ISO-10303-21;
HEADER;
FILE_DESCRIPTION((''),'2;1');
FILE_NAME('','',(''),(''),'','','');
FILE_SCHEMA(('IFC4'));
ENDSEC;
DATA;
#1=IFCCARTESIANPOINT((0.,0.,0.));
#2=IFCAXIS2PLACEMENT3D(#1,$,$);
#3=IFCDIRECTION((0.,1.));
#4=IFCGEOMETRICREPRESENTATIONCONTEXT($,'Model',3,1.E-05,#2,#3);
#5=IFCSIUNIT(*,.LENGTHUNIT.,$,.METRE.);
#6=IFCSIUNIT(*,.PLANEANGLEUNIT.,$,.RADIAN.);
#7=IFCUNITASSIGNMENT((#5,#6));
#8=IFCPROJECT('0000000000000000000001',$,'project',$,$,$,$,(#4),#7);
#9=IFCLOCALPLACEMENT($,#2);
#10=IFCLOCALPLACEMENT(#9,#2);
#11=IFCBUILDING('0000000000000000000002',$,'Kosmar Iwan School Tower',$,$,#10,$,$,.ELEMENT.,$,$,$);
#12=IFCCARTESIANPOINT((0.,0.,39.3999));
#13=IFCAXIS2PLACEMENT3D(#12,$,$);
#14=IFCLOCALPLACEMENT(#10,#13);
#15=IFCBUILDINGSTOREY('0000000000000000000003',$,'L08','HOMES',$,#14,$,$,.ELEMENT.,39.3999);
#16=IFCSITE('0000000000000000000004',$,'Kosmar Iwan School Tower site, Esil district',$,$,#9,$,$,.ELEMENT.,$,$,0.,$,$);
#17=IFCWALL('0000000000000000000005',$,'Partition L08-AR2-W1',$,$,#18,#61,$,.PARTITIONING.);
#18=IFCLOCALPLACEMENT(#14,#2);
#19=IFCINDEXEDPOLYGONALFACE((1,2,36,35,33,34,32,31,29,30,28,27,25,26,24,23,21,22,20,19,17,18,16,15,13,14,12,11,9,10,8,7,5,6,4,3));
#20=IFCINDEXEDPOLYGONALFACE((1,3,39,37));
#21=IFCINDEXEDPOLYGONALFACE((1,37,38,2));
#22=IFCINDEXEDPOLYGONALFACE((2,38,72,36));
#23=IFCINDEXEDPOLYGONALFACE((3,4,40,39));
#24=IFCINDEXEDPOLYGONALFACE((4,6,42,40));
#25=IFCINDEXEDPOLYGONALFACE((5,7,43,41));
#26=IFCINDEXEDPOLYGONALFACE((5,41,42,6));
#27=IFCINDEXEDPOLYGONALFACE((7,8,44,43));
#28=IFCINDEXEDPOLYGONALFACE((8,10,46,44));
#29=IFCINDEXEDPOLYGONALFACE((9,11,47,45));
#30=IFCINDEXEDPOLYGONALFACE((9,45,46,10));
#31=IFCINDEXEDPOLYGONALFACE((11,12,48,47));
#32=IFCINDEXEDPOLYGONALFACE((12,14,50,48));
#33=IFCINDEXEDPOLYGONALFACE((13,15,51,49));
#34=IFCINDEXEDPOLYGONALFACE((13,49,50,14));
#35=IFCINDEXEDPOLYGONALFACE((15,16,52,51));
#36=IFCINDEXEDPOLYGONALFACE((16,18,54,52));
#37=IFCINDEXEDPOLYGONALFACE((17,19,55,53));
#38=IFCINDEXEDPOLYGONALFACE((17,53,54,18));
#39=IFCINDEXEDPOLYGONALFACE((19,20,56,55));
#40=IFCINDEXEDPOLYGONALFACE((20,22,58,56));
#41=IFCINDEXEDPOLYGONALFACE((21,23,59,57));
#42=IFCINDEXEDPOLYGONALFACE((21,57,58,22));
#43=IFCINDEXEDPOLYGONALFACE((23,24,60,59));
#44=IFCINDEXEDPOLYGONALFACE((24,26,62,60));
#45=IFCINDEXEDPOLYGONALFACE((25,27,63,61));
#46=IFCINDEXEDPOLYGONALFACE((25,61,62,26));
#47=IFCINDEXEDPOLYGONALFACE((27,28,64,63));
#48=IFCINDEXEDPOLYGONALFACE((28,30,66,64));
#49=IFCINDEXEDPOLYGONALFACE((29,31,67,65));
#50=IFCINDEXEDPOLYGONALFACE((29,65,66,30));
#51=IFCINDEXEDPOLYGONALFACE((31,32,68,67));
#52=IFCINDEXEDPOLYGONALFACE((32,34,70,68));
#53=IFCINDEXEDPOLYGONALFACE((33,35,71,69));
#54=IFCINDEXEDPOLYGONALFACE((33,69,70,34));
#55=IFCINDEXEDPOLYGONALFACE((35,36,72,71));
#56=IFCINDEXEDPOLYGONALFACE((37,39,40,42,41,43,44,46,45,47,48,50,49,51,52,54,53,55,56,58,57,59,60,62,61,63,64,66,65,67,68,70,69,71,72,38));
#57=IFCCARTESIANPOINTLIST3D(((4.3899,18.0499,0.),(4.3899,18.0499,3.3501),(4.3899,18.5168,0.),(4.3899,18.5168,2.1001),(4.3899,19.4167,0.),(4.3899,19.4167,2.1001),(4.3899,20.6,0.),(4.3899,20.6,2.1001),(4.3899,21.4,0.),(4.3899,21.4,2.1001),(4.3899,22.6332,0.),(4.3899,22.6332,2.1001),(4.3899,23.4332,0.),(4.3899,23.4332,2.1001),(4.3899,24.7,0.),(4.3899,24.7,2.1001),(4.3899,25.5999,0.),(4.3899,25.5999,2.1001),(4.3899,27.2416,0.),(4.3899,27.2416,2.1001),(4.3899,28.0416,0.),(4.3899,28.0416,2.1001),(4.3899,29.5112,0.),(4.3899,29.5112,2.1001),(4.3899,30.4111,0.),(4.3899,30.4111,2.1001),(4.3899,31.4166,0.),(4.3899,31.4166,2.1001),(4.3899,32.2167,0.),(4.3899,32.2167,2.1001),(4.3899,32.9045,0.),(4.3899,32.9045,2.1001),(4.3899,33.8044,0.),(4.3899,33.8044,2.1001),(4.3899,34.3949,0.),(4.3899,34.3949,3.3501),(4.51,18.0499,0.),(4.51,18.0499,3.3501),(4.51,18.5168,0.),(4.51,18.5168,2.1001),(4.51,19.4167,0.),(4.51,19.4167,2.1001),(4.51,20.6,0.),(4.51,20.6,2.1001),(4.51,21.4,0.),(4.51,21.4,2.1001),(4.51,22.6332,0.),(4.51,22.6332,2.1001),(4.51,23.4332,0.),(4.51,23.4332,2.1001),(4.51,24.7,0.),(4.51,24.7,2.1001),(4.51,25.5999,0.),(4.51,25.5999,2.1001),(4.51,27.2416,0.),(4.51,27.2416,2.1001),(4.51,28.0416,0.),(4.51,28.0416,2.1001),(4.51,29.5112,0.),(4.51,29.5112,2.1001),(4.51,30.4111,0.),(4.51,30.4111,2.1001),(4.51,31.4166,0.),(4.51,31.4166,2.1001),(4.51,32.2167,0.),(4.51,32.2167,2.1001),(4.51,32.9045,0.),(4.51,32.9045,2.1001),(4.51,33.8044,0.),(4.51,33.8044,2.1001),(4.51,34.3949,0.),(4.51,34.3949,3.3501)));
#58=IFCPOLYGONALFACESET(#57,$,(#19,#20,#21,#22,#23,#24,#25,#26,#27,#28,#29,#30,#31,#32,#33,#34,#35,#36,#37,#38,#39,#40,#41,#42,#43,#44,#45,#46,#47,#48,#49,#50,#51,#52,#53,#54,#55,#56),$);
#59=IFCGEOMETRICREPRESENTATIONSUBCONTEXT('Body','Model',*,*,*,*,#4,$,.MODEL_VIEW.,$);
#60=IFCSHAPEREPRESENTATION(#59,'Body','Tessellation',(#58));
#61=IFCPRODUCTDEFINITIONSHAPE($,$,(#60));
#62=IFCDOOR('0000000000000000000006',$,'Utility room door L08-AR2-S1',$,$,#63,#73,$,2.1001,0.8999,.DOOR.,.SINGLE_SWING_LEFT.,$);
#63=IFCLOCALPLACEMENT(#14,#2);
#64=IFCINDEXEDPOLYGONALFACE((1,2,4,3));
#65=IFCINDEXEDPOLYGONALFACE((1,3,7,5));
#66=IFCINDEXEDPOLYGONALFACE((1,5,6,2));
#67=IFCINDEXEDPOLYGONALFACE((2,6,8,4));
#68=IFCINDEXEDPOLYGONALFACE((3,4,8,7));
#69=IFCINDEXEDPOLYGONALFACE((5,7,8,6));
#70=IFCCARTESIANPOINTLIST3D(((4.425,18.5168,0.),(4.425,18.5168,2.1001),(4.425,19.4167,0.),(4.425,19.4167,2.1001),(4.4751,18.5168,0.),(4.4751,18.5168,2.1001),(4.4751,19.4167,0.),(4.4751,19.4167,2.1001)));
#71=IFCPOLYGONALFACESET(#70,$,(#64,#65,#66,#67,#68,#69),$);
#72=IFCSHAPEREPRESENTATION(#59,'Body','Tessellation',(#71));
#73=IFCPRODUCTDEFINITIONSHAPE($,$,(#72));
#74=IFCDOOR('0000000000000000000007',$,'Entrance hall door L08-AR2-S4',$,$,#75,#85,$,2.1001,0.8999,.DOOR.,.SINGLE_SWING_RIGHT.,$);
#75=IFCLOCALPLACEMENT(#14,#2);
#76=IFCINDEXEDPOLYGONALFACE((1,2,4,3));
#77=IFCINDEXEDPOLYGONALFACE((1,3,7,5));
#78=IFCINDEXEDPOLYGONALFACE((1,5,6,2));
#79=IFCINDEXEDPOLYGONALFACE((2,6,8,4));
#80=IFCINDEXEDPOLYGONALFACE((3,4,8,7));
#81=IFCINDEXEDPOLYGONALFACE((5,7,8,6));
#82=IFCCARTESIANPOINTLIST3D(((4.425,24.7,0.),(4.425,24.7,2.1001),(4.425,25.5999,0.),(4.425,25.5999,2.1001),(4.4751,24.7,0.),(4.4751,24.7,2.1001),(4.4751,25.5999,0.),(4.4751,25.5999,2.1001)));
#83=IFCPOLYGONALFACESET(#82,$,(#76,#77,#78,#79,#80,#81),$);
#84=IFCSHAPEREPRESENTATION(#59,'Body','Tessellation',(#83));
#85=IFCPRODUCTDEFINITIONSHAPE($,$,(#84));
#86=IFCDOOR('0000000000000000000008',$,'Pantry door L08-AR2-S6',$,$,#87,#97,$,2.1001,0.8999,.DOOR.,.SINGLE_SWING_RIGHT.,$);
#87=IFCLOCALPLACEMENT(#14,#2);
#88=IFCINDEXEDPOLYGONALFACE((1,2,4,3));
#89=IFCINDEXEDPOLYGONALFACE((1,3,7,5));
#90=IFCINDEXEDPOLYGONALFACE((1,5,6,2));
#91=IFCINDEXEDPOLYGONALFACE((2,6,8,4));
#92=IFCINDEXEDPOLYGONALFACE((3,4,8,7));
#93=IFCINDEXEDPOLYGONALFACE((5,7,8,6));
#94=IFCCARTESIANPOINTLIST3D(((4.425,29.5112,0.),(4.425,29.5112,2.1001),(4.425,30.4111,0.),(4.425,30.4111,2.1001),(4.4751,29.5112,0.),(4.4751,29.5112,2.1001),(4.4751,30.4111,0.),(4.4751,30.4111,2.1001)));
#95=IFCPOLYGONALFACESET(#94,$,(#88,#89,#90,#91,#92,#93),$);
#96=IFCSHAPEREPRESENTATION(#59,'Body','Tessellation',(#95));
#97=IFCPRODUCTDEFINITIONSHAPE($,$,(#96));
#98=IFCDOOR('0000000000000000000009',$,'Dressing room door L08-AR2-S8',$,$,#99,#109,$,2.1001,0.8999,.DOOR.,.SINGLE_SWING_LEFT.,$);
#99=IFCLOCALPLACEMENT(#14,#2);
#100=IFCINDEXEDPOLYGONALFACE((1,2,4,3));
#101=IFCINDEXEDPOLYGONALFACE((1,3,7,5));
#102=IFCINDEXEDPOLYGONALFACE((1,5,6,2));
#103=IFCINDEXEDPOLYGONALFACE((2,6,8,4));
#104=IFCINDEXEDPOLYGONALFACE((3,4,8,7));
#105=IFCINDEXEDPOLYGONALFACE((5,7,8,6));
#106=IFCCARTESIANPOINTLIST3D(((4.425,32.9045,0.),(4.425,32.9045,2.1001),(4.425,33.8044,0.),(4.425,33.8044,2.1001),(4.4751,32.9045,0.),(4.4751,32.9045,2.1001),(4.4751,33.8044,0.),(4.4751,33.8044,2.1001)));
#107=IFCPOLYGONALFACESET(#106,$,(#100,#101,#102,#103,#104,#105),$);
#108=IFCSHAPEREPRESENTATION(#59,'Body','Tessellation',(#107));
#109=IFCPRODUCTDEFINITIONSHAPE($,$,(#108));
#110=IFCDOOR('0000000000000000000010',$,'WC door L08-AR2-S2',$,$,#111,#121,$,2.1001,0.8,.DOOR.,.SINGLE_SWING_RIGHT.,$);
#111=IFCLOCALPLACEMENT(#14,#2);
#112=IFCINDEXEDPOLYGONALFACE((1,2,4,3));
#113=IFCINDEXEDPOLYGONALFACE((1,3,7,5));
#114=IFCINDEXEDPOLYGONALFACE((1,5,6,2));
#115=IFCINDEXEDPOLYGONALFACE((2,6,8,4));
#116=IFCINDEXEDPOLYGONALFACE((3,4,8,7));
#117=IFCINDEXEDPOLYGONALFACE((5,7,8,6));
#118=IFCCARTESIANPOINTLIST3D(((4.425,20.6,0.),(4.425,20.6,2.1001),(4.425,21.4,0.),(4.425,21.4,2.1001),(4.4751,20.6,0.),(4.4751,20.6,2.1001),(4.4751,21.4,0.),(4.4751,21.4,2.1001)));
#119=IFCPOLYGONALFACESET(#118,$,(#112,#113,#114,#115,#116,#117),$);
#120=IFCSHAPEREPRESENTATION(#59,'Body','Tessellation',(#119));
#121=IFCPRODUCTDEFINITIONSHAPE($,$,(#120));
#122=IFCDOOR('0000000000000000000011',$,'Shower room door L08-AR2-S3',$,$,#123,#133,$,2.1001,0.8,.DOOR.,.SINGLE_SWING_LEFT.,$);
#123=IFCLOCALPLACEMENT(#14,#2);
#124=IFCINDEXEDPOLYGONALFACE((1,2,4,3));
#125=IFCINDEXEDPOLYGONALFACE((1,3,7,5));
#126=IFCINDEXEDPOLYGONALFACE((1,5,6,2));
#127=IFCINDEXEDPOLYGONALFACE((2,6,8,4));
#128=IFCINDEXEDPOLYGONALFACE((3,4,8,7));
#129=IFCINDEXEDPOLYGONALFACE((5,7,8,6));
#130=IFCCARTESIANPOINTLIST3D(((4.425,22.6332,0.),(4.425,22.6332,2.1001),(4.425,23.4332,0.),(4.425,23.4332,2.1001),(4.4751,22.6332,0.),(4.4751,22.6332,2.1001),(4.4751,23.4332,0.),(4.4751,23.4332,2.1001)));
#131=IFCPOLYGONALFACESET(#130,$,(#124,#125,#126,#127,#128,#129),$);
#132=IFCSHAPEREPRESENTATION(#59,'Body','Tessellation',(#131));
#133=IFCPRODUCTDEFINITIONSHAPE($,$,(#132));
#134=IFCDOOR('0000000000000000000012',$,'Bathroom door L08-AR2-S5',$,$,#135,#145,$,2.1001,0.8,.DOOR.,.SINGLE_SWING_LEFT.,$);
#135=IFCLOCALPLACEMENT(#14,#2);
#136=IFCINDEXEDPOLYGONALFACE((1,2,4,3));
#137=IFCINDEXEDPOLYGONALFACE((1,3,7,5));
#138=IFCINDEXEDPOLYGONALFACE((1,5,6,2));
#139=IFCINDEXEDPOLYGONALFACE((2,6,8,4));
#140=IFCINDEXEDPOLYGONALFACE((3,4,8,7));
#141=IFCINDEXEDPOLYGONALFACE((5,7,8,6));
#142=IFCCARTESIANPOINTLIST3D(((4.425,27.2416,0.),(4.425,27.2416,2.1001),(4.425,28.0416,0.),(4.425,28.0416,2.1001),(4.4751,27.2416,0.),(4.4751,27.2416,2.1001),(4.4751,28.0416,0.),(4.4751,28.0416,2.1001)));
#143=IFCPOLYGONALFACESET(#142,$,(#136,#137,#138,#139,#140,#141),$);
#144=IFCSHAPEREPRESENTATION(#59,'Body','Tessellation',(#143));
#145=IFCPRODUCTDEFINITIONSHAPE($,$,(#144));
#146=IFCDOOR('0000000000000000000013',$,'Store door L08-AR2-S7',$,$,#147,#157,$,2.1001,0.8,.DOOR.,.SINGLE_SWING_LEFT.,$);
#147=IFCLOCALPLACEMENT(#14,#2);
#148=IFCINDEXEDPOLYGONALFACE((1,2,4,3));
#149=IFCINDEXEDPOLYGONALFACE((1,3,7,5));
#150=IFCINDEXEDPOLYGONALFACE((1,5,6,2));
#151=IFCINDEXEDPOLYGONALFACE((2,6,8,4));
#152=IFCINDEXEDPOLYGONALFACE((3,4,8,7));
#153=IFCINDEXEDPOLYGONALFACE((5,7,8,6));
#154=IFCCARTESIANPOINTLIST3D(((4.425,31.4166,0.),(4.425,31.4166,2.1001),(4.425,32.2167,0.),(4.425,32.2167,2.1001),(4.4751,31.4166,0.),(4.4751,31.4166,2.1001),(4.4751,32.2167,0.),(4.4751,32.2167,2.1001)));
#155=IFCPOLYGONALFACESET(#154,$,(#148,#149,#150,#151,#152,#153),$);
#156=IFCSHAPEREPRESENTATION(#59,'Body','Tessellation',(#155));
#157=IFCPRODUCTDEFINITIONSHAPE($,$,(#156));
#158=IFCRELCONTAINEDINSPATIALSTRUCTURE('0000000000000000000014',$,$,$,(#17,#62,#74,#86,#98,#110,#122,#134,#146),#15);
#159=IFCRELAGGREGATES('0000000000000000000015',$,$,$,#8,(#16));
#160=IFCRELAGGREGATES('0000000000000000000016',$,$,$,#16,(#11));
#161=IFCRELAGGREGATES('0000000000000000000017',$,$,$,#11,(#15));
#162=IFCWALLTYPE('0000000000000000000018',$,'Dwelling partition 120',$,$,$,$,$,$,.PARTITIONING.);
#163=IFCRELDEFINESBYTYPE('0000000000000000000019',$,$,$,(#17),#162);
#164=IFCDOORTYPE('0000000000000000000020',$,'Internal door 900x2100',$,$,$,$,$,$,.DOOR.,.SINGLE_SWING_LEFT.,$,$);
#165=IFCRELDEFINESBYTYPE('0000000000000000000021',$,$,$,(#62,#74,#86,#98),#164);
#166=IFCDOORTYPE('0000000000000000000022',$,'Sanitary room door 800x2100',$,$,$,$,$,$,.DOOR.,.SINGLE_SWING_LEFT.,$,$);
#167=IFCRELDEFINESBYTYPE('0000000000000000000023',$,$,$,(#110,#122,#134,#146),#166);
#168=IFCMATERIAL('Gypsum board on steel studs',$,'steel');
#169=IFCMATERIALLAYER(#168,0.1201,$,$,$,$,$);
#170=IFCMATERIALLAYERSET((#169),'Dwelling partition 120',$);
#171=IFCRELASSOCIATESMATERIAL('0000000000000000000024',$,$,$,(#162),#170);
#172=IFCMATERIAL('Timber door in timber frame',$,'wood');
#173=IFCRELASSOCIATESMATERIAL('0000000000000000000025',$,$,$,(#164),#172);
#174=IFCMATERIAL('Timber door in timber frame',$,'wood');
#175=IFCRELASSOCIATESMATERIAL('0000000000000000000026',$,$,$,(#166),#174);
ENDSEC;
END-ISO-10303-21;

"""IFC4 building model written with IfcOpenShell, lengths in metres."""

from ifc_helpers import new_model, si_unit, direction, frame, frame_2d, origin, place, context, subcontext, project, spatial, rectangle, extrude, material, layer, layer_set, type_object, element, fill, save


model = new_model("IFC4")

# Units and contexts
model_context = context("Model", 3, precision=1e-05, world=origin(), true_north=direction((0.0, 1.0)))
body_context = subcontext(model_context, "Body", "Model", "MODEL_VIEW")
ifc_project = project(units=[si_unit("LENGTHUNIT", "METRE"), si_unit("PLANEANGLEUNIT", "RADIAN")], contexts=[model_context])

# Site, building, storey
site_placement = place(None, origin())
site = spatial("IfcSite", under=ifc_project, at=site_placement, Name="Kosmar Iwan School Tower site, Esil district", CompositionType="ELEMENT", RefElevation=0.0)
building_placement = place(site_placement, origin())
building = spatial("IfcBuilding", under=site, at=building_placement, Name="Kosmar Iwan School Tower", CompositionType="ELEMENT")
storey_placement = place(building_placement, frame((0.0, 0.0, 39.3999)))
storey = spatial("IfcBuildingStorey", under=building, at=storey_placement, Name="L08", Description="HOMES", CompositionType="ELEMENT", Elevation=39.3999)

# Shared definitions
ifc_material_1 = material(Name="Gypsum board on steel studs", Category="steel")
ifc_layer_1 = layer(ifc_material_1, 0.1201)
ifc_layer_set_1 = layer_set([ifc_layer_1], Name="Dwelling partition 120")
wall_type_1 = type_object("IfcWallType", Name="Dwelling partition 120", PredefinedType="PARTITIONING", material=ifc_layer_set_1)

# Wall, openings, doors
wall_1_placement = place(storey_placement, frame((4.45, 18.05, 0.0), z_axis=(0.0, 0.0, 1.0), x_axis=(0.0, 1.0, 0.0)))
wall_1 = element("IfcWall", 1, at=wall_1_placement, inside=storey, type_object=wall_type_1, Name="Partition L08-AR2-W1", PredefinedType="PARTITIONING", context=body_context, shape_type="SweptSolid", body=[
    extrude(rectangle(XDim=16.345, YDim=0.1201, at=frame_2d((8.1724, 0.0))), origin(), (0.0, 0.0, 1.0), 3.3501),
])
opening_1_placement = place(wall_1_placement, frame((0.4668, 0.0, 0.0)))
opening_1 = element("IfcOpeningElement", 2, at=opening_1_placement, cuts=wall_1, PredefinedType="OPENING", context=body_context, shape_type="SweptSolid", body=[
    extrude(rectangle(XDim=0.8999, YDim=2.1001, at=frame_2d((0.45, 1.05))), frame((0.0, 0.072, 0.0), z_axis=(0.0, -1.0, 0.0), x_axis=(1.0, 0.0, 0.0)), (0.0, 0.0, 1.0), 0.144),
])
opening_2_placement = place(wall_1_placement, frame((2.55, 0.0, 0.0)))
opening_2 = element("IfcOpeningElement", 3, at=opening_2_placement, cuts=wall_1, PredefinedType="OPENING", context=body_context, shape_type="SweptSolid", body=[
    extrude(rectangle(XDim=0.8, YDim=2.1001, at=frame_2d((0.3999, 1.05))), frame((0.0, 0.072, 0.0), z_axis=(0.0, -1.0, 0.0), x_axis=(1.0, 0.0, 0.0)), (0.0, 0.0, 1.0), 0.144),
])
opening_3_placement = place(wall_1_placement, frame((4.5833, 0.0, 0.0)))
opening_3 = element("IfcOpeningElement", 4, at=opening_3_placement, cuts=wall_1, PredefinedType="OPENING", context=body_context, shape_type="SweptSolid", body=[
    extrude(rectangle(XDim=0.8, YDim=2.1001, at=frame_2d((0.3999, 1.05))), frame((0.0, 0.072, 0.0), z_axis=(0.0, -1.0, 0.0), x_axis=(1.0, 0.0, 0.0)), (0.0, 0.0, 1.0), 0.144),
])
opening_4_placement = place(wall_1_placement, frame((6.6499, 0.0, 0.0)))
opening_4 = element("IfcOpeningElement", 5, at=opening_4_placement, cuts=wall_1, PredefinedType="OPENING", context=body_context, shape_type="SweptSolid", body=[
    extrude(rectangle(XDim=0.8999, YDim=2.1001, at=frame_2d((0.45, 1.05))), frame((0.0, 0.072, 0.0), z_axis=(0.0, -1.0, 0.0), x_axis=(1.0, 0.0, 0.0)), (0.0, 0.0, 1.0), 0.144),
])
opening_5_placement = place(wall_1_placement, frame((9.1917, 0.0, 0.0)))
opening_5 = element("IfcOpeningElement", 6, at=opening_5_placement, cuts=wall_1, PredefinedType="OPENING", context=body_context, shape_type="SweptSolid", body=[
    extrude(rectangle(XDim=0.8, YDim=2.1001, at=frame_2d((0.3999, 1.05))), frame((0.0, 0.072, 0.0), z_axis=(0.0, -1.0, 0.0), x_axis=(1.0, 0.0, 0.0)), (0.0, 0.0, 1.0), 0.144),
])
opening_6_placement = place(wall_1_placement, frame((11.4612, 0.0, 0.0)))
opening_6 = element("IfcOpeningElement", 7, at=opening_6_placement, cuts=wall_1, PredefinedType="OPENING", context=body_context, shape_type="SweptSolid", body=[
    extrude(rectangle(XDim=0.8999, YDim=2.1001, at=frame_2d((0.45, 1.05))), frame((0.0, 0.072, 0.0), z_axis=(0.0, -1.0, 0.0), x_axis=(1.0, 0.0, 0.0)), (0.0, 0.0, 1.0), 0.144),
])
opening_7_placement = place(wall_1_placement, frame((13.3667, 0.0, 0.0)))
opening_7 = element("IfcOpeningElement", 8, at=opening_7_placement, cuts=wall_1, PredefinedType="OPENING", context=body_context, shape_type="SweptSolid", body=[
    extrude(rectangle(XDim=0.8, YDim=2.1001, at=frame_2d((0.3999, 1.05))), frame((0.0, 0.072, 0.0), z_axis=(0.0, -1.0, 0.0), x_axis=(1.0, 0.0, 0.0)), (0.0, 0.0, 1.0), 0.144),
])
opening_8_placement = place(wall_1_placement, frame((14.8545, 0.0, 0.0)))
opening_8 = element("IfcOpeningElement", 9, at=opening_8_placement, cuts=wall_1, PredefinedType="OPENING", context=body_context, shape_type="SweptSolid", body=[
    extrude(rectangle(XDim=0.8999, YDim=2.1001, at=frame_2d((0.45, 1.05))), frame((0.0, 0.072, 0.0), z_axis=(0.0, -1.0, 0.0), x_axis=(1.0, 0.0, 0.0)), (0.0, 0.0, 1.0), 0.144),
])
ifc_material_2 = material(Name="Timber door in timber frame", Category="wood")
door_type_1 = type_object("IfcDoorType", Name="Internal door 900x2100", OperationType="SINGLE_SWING_LEFT", PredefinedType="DOOR", material=ifc_material_2)
door_1_placement = place(opening_1_placement, origin())
door_1 = element("IfcDoor", 10, at=door_1_placement, inside=storey, type_object=door_type_1, Name="Utility room door L08-AR2-S1", OperationType="SINGLE_SWING_LEFT", OverallHeight=2.1001, OverallWidth=0.8999, PredefinedType="DOOR", context=body_context, shape_type="SweptSolid", body=[
    extrude(rectangle(XDim=0.8999, YDim=2.1001, at=frame_2d((0.45, 1.05))), frame((0.0, 0.0249, 0.0), z_axis=(0.0, -1.0, 0.0), x_axis=(1.0, 0.0, 0.0)), (0.0, 0.0, 1.0), 0.05),
])
fill(opening_1, door_1)
door_2_placement = place(opening_4_placement, origin())
door_2 = element("IfcDoor", 11, at=door_2_placement, inside=storey, type_object=door_type_1, Name="Entrance hall door L08-AR2-S4", OperationType="SINGLE_SWING_RIGHT", OverallHeight=2.1001, OverallWidth=0.8999, PredefinedType="DOOR", context=body_context, shape_type="SweptSolid", body=[
    extrude(rectangle(XDim=0.8999, YDim=2.1001, at=frame_2d((0.45, 1.05))), frame((0.0, 0.0249, 0.0), z_axis=(0.0, -1.0, 0.0), x_axis=(1.0, 0.0, 0.0)), (0.0, 0.0, 1.0), 0.05),
])
fill(opening_4, door_2)
door_3_placement = place(opening_6_placement, origin())
door_3 = element("IfcDoor", 12, at=door_3_placement, inside=storey, type_object=door_type_1, Name="Pantry door L08-AR2-S6", OperationType="SINGLE_SWING_RIGHT", OverallHeight=2.1001, OverallWidth=0.8999, PredefinedType="DOOR", context=body_context, shape_type="SweptSolid", body=[
    extrude(rectangle(XDim=0.8999, YDim=2.1001, at=frame_2d((0.45, 1.05))), frame((0.0, 0.0249, 0.0), z_axis=(0.0, -1.0, 0.0), x_axis=(1.0, 0.0, 0.0)), (0.0, 0.0, 1.0), 0.05),
])
fill(opening_6, door_3)
door_4_placement = place(opening_8_placement, origin())
door_4 = element("IfcDoor", 13, at=door_4_placement, inside=storey, type_object=door_type_1, Name="Dressing room door L08-AR2-S8", OperationType="SINGLE_SWING_LEFT", OverallHeight=2.1001, OverallWidth=0.8999, PredefinedType="DOOR", context=body_context, shape_type="SweptSolid", body=[
    extrude(rectangle(XDim=0.8999, YDim=2.1001, at=frame_2d((0.45, 1.05))), frame((0.0, 0.0249, 0.0), z_axis=(0.0, -1.0, 0.0), x_axis=(1.0, 0.0, 0.0)), (0.0, 0.0, 1.0), 0.05),
])
fill(opening_8, door_4)
ifc_material_3 = material(Name="Timber door in timber frame", Category="wood")
door_type_2 = type_object("IfcDoorType", Name="Sanitary room door 800x2100", OperationType="SINGLE_SWING_LEFT", PredefinedType="DOOR", material=ifc_material_3)
door_5_placement = place(opening_2_placement, origin())
door_5 = element("IfcDoor", 14, at=door_5_placement, inside=storey, type_object=door_type_2, Name="WC door L08-AR2-S2", OperationType="SINGLE_SWING_RIGHT", OverallHeight=2.1001, OverallWidth=0.8, PredefinedType="DOOR", context=body_context, shape_type="SweptSolid", body=[
    extrude(rectangle(XDim=0.8, YDim=2.1001, at=frame_2d((0.3999, 1.05))), frame((0.0, 0.0249, 0.0), z_axis=(0.0, -1.0, 0.0), x_axis=(1.0, 0.0, 0.0)), (0.0, 0.0, 1.0), 0.05),
])
fill(opening_2, door_5)
door_6_placement = place(opening_3_placement, origin())
door_6 = element("IfcDoor", 15, at=door_6_placement, inside=storey, type_object=door_type_2, Name="Shower room door L08-AR2-S3", OperationType="SINGLE_SWING_LEFT", OverallHeight=2.1001, OverallWidth=0.8, PredefinedType="DOOR", context=body_context, shape_type="SweptSolid", body=[
    extrude(rectangle(XDim=0.8, YDim=2.1001, at=frame_2d((0.3999, 1.05))), frame((0.0, 0.0249, 0.0), z_axis=(0.0, -1.0, 0.0), x_axis=(1.0, 0.0, 0.0)), (0.0, 0.0, 1.0), 0.05),
])
fill(opening_3, door_6)
door_7_placement = place(opening_5_placement, origin())
door_7 = element("IfcDoor", 16, at=door_7_placement, inside=storey, type_object=door_type_2, Name="Bathroom door L08-AR2-S5", OperationType="SINGLE_SWING_LEFT", OverallHeight=2.1001, OverallWidth=0.8, PredefinedType="DOOR", context=body_context, shape_type="SweptSolid", body=[
    extrude(rectangle(XDim=0.8, YDim=2.1001, at=frame_2d((0.3999, 1.05))), frame((0.0, 0.0249, 0.0), z_axis=(0.0, -1.0, 0.0), x_axis=(1.0, 0.0, 0.0)), (0.0, 0.0, 1.0), 0.05),
])
fill(opening_5, door_7)
door_8_placement = place(opening_7_placement, origin())
door_8 = element("IfcDoor", 17, at=door_8_placement, inside=storey, type_object=door_type_2, Name="Store door L08-AR2-S7", OperationType="SINGLE_SWING_LEFT", OverallHeight=2.1001, OverallWidth=0.8, PredefinedType="DOOR", context=body_context, shape_type="SweptSolid", body=[
    extrude(rectangle(XDim=0.8, YDim=2.1001, at=frame_2d((0.3999, 1.05))), frame((0.0, 0.0249, 0.0), z_axis=(0.0, -1.0, 0.0), x_axis=(1.0, 0.0, 0.0)), (0.0, 0.0, 1.0), 0.05),
])
fill(opening_7, door_8)

save(model, "model.ifc")
